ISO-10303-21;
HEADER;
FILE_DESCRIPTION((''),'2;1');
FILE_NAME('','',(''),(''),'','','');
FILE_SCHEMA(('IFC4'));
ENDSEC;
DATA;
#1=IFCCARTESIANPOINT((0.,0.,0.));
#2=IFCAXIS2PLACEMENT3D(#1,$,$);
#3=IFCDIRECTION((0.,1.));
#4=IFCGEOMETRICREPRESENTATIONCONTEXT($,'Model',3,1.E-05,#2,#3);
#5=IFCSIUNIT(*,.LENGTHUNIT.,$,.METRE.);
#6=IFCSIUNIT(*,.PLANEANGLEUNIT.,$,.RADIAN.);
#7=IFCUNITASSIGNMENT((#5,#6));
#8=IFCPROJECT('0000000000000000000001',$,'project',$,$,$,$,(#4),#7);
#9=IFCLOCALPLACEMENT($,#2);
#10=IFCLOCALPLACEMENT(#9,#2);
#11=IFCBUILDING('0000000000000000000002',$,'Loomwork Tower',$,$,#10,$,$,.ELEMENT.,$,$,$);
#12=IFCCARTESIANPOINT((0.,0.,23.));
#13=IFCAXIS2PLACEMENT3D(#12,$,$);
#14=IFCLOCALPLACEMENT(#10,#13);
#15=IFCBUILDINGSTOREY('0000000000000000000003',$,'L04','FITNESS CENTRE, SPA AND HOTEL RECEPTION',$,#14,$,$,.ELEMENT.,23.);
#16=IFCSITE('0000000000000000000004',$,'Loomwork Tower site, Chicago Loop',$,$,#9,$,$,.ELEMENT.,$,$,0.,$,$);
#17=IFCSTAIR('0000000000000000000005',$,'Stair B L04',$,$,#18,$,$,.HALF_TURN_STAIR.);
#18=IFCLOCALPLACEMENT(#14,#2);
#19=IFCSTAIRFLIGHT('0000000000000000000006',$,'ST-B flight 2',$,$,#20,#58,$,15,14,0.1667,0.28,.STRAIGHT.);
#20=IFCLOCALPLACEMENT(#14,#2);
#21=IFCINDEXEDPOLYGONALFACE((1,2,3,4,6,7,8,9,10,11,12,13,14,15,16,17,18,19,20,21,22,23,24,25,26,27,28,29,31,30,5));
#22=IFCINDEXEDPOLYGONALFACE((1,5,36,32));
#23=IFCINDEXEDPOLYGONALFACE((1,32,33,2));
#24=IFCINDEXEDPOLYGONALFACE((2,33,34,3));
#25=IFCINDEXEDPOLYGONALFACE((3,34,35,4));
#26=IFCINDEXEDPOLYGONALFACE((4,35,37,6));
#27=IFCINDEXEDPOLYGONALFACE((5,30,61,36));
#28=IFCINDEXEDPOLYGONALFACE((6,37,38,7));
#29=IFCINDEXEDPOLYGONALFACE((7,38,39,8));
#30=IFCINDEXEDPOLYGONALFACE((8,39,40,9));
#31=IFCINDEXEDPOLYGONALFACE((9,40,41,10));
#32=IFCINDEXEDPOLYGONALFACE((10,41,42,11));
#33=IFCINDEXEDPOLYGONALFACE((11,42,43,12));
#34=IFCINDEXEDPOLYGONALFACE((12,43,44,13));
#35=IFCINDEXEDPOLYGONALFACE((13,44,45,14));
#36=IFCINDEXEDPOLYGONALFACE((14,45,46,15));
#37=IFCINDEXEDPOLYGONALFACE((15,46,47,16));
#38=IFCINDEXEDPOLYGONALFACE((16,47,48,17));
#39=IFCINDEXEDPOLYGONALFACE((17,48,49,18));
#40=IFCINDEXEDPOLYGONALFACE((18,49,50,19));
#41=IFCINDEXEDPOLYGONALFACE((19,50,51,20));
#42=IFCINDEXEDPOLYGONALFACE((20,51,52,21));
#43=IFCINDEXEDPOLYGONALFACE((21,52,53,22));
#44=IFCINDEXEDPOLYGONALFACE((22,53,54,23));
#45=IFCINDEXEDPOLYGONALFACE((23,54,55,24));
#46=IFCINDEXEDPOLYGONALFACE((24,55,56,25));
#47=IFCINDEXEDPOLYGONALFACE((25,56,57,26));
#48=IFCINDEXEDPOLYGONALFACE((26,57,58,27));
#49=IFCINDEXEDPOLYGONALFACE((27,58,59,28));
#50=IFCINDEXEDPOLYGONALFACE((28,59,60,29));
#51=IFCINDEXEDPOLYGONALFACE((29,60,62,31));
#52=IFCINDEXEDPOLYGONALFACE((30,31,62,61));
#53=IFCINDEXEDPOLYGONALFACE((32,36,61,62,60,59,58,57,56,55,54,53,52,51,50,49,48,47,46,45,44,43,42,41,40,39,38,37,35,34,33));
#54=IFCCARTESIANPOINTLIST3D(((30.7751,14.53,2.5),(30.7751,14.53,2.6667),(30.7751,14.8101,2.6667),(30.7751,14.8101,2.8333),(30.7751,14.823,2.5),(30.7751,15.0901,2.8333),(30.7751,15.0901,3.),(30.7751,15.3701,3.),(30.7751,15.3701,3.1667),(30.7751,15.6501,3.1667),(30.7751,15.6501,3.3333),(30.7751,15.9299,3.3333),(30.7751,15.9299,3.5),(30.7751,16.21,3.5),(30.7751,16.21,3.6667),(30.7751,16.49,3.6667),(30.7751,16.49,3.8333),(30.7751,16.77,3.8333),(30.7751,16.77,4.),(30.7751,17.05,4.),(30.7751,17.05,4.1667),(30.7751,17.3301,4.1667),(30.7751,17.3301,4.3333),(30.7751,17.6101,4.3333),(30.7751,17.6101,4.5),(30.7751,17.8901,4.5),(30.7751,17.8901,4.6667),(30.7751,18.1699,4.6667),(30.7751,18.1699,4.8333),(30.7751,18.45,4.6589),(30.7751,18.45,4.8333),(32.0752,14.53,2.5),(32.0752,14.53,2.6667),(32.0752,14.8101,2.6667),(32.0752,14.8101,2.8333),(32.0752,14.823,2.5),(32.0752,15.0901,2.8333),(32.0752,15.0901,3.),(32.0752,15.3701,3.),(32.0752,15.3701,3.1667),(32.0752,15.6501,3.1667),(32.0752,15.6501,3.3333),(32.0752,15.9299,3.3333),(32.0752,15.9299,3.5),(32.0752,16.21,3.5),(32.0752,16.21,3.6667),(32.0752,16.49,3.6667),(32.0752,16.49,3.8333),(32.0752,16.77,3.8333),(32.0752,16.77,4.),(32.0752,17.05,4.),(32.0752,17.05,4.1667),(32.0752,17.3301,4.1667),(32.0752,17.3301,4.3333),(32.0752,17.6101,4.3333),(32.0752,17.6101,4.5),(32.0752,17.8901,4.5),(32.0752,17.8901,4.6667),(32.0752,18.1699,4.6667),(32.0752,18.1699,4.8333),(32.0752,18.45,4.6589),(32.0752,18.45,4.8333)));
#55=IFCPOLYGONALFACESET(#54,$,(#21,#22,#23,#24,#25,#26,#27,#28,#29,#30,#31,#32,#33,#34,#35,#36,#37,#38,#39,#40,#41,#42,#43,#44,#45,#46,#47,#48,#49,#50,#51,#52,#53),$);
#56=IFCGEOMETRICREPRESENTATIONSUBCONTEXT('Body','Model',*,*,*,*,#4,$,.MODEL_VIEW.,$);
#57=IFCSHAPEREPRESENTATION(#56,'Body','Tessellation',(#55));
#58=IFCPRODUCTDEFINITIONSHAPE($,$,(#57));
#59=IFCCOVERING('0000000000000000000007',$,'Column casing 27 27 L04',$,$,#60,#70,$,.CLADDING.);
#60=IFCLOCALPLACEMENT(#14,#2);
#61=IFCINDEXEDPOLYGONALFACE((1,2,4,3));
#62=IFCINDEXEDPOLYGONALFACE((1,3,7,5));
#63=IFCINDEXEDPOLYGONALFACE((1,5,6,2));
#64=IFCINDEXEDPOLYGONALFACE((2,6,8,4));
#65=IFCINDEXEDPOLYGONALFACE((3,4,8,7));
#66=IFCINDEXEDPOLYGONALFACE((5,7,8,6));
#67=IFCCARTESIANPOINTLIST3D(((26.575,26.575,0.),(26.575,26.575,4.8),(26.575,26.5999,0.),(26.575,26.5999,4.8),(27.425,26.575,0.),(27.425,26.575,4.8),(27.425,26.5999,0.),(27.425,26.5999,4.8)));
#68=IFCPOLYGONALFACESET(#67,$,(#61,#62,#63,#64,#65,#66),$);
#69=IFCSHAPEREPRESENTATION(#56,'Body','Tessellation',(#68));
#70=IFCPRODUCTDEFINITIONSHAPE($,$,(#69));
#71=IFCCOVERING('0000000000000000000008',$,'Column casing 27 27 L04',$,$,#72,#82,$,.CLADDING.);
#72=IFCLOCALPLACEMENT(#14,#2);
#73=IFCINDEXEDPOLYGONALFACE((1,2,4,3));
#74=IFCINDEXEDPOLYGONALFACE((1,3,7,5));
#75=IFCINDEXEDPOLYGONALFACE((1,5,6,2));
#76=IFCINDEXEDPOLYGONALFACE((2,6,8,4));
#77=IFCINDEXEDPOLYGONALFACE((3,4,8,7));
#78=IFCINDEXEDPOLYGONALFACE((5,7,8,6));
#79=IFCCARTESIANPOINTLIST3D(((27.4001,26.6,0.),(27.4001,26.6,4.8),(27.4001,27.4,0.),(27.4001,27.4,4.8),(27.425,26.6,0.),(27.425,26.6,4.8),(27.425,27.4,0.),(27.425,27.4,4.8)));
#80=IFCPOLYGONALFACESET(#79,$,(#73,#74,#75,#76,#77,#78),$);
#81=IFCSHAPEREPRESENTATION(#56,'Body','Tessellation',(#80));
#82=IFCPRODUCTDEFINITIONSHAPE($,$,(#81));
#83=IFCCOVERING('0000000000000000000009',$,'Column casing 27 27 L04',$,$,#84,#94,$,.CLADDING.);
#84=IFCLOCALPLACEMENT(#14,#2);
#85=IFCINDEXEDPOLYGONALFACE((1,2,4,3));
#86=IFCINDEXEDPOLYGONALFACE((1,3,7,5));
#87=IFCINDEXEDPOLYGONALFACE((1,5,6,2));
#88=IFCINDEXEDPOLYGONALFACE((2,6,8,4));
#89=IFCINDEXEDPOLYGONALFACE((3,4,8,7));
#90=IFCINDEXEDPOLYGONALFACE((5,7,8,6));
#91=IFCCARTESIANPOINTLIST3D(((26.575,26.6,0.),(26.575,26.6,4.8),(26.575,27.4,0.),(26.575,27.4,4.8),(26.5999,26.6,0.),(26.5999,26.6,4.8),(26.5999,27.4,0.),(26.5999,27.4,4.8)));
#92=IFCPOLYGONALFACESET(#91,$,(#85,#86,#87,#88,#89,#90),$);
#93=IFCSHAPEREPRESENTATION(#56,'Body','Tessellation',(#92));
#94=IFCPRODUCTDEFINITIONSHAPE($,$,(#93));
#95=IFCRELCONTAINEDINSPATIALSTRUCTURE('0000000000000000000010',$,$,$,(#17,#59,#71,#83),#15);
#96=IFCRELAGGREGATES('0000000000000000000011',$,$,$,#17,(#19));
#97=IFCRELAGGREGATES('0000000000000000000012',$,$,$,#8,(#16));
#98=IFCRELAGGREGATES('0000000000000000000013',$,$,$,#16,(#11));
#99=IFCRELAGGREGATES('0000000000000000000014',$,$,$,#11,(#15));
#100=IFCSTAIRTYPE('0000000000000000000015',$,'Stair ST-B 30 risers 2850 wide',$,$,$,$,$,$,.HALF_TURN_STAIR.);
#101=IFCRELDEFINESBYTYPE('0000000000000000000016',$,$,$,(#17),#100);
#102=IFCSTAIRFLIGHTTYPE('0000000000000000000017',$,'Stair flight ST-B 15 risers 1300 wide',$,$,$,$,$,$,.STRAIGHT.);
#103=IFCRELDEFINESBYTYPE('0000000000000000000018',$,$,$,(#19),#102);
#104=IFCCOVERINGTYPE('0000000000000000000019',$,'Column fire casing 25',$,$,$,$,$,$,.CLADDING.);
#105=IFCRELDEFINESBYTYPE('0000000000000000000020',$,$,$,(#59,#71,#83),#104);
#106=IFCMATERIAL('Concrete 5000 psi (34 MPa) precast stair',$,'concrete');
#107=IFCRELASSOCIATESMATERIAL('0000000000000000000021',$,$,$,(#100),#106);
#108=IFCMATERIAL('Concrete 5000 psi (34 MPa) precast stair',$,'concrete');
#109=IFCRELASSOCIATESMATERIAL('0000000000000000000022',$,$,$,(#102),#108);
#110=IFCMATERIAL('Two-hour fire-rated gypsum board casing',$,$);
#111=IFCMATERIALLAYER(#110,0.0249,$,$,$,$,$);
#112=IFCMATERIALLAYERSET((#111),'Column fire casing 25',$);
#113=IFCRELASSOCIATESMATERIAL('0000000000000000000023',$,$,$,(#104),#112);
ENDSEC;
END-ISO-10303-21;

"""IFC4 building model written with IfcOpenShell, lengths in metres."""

from ifc_helpers import new_model, si_unit, direction, frame, origin, origin_2d, place, context, subcontext, project, spatial, polyline, rectangle, outline, extrude, material, layer, layer_set, type_object, element, aggregate, save


model = new_model("IFC4")

# Units and contexts
model_context = context("Model", 3, precision=1e-05, world=origin(), true_north=direction((0.0, 1.0)))
body_context = subcontext(model_context, "Body", "Model", "MODEL_VIEW")
ifc_project = project(units=[si_unit("LENGTHUNIT", "METRE"), si_unit("PLANEANGLEUNIT", "RADIAN")], contexts=[model_context])

# Site, building, storey
site_placement = place(None, origin())
site = spatial("IfcSite", under=ifc_project, at=site_placement, Name="Loomwork Tower site, Chicago Loop", CompositionType="ELEMENT", RefElevation=0.0)
building_placement = place(site_placement, origin())
building = spatial("IfcBuilding", under=site, at=building_placement, Name="Loomwork Tower", CompositionType="ELEMENT")
storey_placement = place(building_placement, frame((0.0, 0.0, 23.0)))
storey = spatial("IfcBuildingStorey", under=building, at=storey_placement, Name="L04", Description="FITNESS CENTRE, SPA AND HOTEL RECEPTION", CompositionType="ELEMENT", Elevation=23.0)

# Stair, stair flight
ifc_material_1 = material(Name="Concrete 5000 psi (34 MPa) precast stair", Category="concrete")
stair_type = type_object("IfcStairType", Name="Stair ST-B 30 risers 2850 wide", PredefinedType="HALF_TURN_STAIR", material=ifc_material_1)
stair_placement = place(storey_placement, origin())
stair = element("IfcStair", 1, at=stair_placement, inside=storey, type_object=stair_type, Name="Stair B L04", PredefinedType="HALF_TURN_STAIR")
ifc_material_2 = material(Name="Concrete 5000 psi (34 MPa) precast stair", Category="concrete")
stair_flight_type = type_object("IfcStairFlightType", Name="Stair flight ST-B 15 risers 1300 wide", PredefinedType="STRAIGHT", material=ifc_material_2)
stair_flight_1_placement = place(storey_placement, frame((31.425, 14.53, 2.5), z_axis=(0.0, 0.0, 1.0), x_axis=(0.0, 1.0, 0.0)))
stair_flight_1 = element("IfcStairFlight", 2, at=stair_flight_1_placement, type_object=stair_flight_type, Name="ST-B flight 2", NumberOfRisers=15, NumberOfTreads=14, PredefinedType="STRAIGHT", RiserHeight=0.1667, TreadLength=0.28, context=body_context, shape_type="SweptSolid", body=[
    extrude(outline(polyline([(0.0, 0.0), (0.0, 0.1667), (0.28, 0.1667), (0.28, 0.3333), (0.5601, 0.3333), (0.5601, 0.5), (0.8401, 0.5), (0.8401, 0.6667), (1.1201, 0.6667), (1.1201, 0.8333), (1.3999, 0.8333), (1.3999, 1.0), (1.6799, 1.0), (1.6799, 1.1667), (1.96, 1.1667), (1.96, 1.3333), (2.24, 1.3333), (2.24, 1.5), (2.52, 1.5), (2.52, 1.6667), (2.8, 1.6667), (2.8, 1.8333), (3.0801, 1.8333), (3.0801, 2.0), (3.3601, 2.0), (3.3601, 2.1667), (3.6399, 2.1667), (3.6399, 2.3333), (3.9199, 2.3333), (3.9199, 2.5), (3.9199, 2.1589), (0.293, 0.0), (0.0, 0.0)])), frame((0.0, 0.6499, 0.0), z_axis=(0.0, -1.0, 0.0), x_axis=(1.0, 0.0, 0.0)), (0.0, 0.0, 1.0), 1.3),
])
aggregate(stair, [stair_flight_1])

# Coverings
ifc_material_3 = material(Name="Two-hour fire-rated gypsum board casing")
ifc_layer_1 = layer(ifc_material_3, 0.0249)
ifc_layer_set_1 = layer_set([ifc_layer_1], Name="Column fire casing 25")
covering_type = type_object("IfcCoveringType", Name="Column fire casing 25", PredefinedType="CLADDING", material=ifc_layer_set_1)
covering_placement = place(storey_placement, frame((27.0, 26.5874, 0.0), z_axis=(0.0, 0.0, 1.0), x_axis=(1.0, 0.0, 0.0)))
element("IfcCovering", 3, at=covering_placement, inside=storey, type_object=covering_type, Name="Column casing 27 27 L04", PredefinedType="CLADDING", context=body_context, shape_type="SweptSolid", body=[
    extrude(rectangle(XDim=0.8501, YDim=0.0249, at=origin_2d()), origin(), (0.0, 0.0, 1.0), 4.8),
])
for number, where, z_axis, x_axis, name in (
    (4, (27.4126, 27.0, 0.0), (0.0, 0.0, 1.0), (1.0, 0.0, 0.0), "Column casing 27 27 L04"),
    (5, (26.5874, 27.0, 0.0), (0.0, 0.0, 1.0), (1.0, 0.0, 0.0), "Column casing 27 27 L04"),
):
    element("IfcCovering", number, at=place(storey_placement, frame(where, z_axis=z_axis, x_axis=x_axis)), inside=storey, type_object=covering_type, Name=name, PredefinedType="CLADDING", context=body_context, shape_type="SweptSolid", body=[
        extrude(rectangle(XDim=0.0249, YDim=0.8, at=origin_2d()), origin(), (0.0, 0.0, 1.0), 4.8),
    ])

save(model, "model.ifc")
